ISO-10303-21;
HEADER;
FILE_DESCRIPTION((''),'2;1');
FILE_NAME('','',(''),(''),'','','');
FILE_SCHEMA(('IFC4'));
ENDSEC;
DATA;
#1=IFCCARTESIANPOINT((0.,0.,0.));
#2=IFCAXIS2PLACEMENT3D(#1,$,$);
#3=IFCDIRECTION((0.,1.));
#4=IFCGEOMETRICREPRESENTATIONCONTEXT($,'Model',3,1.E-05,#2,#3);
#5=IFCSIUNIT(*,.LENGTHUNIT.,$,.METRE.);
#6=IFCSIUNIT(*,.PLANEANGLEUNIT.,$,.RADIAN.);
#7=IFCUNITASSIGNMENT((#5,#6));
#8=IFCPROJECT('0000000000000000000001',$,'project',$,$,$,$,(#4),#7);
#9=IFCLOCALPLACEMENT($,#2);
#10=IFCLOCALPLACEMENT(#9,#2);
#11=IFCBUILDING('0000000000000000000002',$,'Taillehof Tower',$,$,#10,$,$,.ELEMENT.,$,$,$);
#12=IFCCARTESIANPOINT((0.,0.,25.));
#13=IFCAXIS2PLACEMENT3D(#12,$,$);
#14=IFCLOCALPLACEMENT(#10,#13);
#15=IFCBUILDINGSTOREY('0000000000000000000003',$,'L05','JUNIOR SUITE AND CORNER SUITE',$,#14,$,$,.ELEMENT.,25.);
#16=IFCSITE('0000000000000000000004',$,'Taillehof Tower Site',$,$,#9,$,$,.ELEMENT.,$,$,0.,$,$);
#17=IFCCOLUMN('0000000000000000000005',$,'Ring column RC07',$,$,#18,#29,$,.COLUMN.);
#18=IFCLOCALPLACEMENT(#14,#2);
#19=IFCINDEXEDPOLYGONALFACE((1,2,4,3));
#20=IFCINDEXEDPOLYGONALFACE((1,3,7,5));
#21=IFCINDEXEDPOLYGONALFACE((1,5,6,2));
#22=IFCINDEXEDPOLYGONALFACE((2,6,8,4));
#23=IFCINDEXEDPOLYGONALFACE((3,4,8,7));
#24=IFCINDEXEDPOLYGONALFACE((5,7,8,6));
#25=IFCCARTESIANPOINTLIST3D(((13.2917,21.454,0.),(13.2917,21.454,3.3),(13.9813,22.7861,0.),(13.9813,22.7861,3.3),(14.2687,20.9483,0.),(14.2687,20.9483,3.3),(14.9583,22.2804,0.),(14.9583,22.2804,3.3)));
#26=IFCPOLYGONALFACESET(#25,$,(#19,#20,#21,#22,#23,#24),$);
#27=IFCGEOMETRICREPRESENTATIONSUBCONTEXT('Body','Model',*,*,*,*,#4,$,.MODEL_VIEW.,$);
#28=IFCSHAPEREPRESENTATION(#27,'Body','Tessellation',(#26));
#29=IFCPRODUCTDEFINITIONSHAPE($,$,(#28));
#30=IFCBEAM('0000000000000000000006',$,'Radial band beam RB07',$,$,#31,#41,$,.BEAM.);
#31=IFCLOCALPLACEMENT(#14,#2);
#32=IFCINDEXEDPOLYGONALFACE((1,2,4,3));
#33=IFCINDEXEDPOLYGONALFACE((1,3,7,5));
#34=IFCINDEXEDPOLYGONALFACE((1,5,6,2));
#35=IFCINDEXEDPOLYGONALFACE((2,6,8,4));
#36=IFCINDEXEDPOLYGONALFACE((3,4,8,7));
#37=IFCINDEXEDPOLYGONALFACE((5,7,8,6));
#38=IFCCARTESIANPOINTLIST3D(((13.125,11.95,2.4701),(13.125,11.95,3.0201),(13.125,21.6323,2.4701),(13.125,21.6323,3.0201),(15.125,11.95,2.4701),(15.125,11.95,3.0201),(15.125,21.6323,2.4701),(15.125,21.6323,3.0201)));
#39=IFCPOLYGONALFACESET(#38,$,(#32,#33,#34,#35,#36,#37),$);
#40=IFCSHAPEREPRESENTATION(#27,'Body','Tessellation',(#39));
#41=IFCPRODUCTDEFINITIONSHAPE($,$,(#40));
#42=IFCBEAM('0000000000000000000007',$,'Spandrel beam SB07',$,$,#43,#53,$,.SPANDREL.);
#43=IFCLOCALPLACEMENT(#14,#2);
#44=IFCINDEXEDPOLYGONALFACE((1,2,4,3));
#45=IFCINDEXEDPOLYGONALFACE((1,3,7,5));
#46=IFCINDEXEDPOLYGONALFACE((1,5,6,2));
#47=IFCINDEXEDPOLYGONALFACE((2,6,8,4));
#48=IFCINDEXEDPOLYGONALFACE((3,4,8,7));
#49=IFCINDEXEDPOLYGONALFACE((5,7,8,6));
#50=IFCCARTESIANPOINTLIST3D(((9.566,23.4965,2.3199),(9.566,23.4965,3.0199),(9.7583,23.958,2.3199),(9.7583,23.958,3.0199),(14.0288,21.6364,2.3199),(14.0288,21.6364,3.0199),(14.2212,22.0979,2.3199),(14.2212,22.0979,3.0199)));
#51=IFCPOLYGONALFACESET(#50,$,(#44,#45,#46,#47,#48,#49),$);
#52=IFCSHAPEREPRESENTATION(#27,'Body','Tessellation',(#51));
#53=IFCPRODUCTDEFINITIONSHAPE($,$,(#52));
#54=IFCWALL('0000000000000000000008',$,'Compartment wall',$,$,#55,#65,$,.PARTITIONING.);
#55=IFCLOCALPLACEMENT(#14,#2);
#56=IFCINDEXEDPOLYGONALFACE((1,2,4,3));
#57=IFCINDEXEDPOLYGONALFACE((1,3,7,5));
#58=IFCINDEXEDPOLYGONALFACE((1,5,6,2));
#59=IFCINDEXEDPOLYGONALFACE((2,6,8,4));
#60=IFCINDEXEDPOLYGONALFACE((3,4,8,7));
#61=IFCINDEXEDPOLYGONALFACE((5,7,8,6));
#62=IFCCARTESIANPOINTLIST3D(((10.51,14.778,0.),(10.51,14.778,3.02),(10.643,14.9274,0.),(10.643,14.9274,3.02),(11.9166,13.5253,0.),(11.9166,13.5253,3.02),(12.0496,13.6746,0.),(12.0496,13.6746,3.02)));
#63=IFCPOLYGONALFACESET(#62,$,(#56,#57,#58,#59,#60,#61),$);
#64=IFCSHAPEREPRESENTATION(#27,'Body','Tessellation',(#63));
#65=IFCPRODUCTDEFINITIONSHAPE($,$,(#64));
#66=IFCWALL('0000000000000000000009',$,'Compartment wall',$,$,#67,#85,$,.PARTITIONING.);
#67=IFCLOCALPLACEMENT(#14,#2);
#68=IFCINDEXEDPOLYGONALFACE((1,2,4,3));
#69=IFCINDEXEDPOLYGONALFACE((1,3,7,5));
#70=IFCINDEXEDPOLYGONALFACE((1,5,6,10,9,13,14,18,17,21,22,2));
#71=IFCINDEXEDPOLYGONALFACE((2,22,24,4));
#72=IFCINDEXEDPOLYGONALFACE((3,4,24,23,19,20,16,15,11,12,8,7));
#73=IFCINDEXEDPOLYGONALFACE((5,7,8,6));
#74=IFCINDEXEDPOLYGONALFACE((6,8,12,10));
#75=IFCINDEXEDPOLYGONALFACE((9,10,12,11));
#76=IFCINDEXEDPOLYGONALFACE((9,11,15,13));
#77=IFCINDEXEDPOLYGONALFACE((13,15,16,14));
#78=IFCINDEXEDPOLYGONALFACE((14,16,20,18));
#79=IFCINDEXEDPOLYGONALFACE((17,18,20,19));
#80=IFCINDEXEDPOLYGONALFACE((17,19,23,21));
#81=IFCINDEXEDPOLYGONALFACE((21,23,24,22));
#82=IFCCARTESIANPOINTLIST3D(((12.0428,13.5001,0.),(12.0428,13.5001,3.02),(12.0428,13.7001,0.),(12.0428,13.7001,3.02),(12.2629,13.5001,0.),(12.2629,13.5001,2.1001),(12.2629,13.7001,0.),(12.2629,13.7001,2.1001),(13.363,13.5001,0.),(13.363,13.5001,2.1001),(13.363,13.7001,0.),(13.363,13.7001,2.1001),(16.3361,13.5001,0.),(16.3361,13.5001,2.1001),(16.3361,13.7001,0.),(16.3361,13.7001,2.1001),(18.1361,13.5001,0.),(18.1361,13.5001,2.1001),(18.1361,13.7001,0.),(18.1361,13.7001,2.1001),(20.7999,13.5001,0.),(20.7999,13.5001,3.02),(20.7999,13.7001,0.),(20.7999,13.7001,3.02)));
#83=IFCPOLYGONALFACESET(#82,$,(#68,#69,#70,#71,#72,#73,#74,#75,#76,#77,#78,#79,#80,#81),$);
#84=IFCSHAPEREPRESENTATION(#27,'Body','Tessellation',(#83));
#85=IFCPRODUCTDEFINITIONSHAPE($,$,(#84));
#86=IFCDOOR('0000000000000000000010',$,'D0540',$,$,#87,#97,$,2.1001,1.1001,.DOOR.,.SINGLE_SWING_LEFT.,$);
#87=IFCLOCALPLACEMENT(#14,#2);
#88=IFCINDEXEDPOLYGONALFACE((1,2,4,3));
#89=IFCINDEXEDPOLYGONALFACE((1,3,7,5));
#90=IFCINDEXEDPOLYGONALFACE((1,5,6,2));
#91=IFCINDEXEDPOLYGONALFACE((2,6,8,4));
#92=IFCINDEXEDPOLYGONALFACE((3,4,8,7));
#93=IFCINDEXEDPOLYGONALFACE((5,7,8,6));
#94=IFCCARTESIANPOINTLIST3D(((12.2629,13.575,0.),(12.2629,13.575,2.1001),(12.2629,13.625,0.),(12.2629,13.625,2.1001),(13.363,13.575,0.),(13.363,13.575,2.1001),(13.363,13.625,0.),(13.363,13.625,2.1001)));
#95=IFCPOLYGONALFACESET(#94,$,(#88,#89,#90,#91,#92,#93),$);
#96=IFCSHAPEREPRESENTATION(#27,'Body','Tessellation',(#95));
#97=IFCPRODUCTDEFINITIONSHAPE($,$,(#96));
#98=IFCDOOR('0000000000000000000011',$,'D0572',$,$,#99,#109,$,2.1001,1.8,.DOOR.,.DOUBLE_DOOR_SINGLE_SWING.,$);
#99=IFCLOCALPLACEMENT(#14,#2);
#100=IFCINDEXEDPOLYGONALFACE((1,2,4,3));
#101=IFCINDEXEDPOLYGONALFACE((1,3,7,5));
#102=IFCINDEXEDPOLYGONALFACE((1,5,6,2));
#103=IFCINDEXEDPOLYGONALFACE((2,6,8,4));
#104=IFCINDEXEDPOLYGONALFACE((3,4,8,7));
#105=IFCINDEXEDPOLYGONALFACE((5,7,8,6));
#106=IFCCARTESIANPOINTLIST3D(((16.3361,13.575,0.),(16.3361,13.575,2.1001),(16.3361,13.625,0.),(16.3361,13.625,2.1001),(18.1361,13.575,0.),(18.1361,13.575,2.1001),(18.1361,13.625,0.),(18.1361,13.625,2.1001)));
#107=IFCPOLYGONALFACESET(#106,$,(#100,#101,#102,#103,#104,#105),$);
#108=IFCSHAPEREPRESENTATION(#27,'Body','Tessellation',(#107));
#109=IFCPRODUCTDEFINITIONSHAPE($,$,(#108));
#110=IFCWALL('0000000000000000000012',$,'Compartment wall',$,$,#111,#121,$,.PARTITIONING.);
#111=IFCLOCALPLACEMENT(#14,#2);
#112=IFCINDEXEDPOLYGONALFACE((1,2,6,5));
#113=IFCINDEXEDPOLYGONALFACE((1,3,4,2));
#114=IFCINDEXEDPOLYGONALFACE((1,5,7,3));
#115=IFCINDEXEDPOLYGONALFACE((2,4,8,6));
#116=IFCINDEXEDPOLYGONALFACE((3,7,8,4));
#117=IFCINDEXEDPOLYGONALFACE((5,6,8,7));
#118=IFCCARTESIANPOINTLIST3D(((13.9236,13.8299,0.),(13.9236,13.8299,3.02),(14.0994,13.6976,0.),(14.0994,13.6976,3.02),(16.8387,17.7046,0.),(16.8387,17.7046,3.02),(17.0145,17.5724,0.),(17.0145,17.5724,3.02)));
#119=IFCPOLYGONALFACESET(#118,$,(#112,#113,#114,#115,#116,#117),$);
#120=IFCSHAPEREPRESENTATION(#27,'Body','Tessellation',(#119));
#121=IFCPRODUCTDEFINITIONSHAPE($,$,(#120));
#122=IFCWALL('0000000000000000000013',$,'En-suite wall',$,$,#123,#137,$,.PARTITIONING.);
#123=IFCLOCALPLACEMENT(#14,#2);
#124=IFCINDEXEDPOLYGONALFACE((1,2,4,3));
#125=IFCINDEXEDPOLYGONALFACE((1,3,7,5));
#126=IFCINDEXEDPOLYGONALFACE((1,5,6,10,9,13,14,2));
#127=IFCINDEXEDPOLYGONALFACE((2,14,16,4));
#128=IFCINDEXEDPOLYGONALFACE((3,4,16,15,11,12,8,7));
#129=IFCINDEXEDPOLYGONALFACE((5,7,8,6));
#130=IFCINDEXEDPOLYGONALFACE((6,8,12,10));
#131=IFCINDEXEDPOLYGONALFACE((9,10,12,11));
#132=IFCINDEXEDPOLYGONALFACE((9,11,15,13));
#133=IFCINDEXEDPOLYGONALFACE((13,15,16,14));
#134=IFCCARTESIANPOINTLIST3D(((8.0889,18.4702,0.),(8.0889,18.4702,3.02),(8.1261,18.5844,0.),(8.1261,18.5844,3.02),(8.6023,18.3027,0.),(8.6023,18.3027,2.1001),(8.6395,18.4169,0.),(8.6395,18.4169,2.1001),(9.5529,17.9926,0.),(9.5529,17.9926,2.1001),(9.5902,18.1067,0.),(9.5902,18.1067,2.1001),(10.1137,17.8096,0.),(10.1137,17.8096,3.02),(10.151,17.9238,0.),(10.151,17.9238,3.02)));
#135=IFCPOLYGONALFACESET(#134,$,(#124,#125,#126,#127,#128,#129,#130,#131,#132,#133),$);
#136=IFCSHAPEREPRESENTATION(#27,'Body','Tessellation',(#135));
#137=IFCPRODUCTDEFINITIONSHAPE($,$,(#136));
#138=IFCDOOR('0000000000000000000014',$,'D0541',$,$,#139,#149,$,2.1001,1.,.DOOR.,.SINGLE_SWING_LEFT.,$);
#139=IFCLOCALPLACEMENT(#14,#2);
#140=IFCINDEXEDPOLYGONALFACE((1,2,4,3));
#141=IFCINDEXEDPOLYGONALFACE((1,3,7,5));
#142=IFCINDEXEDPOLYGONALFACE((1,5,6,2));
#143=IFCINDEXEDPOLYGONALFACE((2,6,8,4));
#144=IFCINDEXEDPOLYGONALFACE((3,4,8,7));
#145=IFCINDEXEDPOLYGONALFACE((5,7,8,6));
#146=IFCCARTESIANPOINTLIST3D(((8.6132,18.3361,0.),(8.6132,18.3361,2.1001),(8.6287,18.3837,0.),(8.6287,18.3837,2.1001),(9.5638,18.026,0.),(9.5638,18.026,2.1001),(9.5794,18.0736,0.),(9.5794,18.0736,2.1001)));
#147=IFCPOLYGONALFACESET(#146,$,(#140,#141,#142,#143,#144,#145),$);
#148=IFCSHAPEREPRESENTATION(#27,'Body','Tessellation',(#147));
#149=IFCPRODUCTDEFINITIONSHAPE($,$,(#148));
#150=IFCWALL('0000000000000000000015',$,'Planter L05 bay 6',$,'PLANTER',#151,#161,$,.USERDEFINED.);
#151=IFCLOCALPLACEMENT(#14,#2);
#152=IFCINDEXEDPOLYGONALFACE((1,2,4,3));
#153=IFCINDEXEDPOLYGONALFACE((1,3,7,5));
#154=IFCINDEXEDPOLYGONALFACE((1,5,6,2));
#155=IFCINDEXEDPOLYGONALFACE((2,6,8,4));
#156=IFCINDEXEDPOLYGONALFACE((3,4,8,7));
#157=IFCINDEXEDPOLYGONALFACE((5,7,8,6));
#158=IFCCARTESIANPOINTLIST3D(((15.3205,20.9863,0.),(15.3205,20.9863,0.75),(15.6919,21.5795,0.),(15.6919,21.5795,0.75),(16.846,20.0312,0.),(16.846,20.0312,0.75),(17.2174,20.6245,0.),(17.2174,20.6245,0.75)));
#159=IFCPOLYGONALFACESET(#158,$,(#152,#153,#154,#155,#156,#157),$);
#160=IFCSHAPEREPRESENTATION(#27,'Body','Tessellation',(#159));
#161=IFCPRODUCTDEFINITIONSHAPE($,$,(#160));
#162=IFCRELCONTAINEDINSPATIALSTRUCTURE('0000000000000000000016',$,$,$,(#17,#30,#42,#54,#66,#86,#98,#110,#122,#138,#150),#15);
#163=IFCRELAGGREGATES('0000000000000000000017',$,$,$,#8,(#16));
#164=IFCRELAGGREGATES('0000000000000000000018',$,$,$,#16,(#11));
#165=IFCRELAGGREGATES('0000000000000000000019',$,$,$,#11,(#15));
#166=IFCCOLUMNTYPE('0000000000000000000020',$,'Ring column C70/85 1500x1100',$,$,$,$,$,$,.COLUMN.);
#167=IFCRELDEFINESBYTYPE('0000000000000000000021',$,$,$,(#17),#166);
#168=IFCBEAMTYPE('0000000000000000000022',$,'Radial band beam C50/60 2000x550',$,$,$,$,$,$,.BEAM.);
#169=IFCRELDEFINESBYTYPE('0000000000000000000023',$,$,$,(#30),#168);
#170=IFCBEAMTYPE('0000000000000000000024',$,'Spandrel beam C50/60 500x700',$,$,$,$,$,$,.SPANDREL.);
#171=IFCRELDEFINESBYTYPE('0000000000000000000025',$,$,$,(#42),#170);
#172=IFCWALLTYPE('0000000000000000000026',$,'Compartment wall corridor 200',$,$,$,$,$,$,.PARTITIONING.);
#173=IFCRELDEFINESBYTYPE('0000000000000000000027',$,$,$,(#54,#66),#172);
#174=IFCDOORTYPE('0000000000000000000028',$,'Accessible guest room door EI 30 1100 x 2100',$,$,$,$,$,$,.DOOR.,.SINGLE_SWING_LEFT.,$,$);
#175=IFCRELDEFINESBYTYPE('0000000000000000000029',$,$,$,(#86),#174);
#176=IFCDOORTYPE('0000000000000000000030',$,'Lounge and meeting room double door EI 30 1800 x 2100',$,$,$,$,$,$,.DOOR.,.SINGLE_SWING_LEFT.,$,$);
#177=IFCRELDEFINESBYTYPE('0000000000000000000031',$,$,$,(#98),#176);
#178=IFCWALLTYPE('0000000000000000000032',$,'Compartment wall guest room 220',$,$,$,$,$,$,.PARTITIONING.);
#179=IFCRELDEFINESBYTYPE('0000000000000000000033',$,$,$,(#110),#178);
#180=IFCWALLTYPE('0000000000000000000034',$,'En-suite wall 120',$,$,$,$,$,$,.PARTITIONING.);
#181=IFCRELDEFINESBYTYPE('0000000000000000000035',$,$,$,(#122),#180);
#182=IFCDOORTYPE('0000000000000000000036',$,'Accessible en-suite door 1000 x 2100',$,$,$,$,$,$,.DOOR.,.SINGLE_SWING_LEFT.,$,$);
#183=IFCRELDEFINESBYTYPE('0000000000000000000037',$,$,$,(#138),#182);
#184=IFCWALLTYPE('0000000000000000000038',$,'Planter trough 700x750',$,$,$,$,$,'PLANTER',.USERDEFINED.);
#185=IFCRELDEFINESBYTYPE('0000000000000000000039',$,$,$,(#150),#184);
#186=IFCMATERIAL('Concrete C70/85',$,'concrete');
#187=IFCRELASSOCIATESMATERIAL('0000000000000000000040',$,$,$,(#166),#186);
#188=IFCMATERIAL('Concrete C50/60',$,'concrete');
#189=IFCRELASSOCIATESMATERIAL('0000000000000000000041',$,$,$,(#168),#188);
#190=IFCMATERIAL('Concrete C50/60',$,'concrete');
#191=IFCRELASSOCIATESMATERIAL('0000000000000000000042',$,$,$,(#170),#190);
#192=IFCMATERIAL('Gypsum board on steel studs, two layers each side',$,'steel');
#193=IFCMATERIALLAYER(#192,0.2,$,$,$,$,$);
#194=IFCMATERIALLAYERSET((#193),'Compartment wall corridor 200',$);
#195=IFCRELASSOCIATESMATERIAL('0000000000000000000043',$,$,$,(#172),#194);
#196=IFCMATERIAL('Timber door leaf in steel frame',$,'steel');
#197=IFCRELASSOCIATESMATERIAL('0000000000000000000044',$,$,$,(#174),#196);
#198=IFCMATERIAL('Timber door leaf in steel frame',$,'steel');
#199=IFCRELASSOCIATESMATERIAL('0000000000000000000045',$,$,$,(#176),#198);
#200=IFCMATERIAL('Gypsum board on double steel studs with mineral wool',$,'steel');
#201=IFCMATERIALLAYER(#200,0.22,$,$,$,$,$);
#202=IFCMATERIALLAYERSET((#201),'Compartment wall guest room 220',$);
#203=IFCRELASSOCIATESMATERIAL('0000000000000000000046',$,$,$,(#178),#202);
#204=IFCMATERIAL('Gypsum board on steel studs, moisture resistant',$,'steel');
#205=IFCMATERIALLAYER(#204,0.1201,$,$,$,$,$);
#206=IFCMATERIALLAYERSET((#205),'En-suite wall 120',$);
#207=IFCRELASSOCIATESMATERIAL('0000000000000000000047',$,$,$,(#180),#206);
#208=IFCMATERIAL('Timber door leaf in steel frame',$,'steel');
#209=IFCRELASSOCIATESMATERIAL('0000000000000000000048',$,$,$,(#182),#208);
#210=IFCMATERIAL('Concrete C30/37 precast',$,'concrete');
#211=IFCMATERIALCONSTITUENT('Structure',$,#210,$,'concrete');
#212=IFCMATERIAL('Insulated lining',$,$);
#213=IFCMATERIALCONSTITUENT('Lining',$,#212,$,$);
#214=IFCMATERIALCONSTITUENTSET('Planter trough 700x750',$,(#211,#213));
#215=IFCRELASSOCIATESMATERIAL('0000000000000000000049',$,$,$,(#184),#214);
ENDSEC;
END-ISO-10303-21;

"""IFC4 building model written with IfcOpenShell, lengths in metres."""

from ifc_helpers import new_model, si_unit, direction, frame, frame_2d, origin, origin_2d, place, context, subcontext, project, spatial, rectangle, extrude, material, layer, layer_set, constituent, constituent_set, material_profile, profile_set, type_object, element, fill, save


model = new_model("IFC4")

# Units and contexts
model_context = context("Model", 3, precision=1e-05, world=origin(), true_north=direction((0.0, 1.0)))
body_context = subcontext(model_context, "Body", "Model", "MODEL_VIEW")
ifc_project = project(units=[si_unit("LENGTHUNIT", "METRE"), si_unit("PLANEANGLEUNIT", "RADIAN")], contexts=[model_context])

# Site, building, storey
site_placement = place(None, origin())
site = spatial("IfcSite", under=ifc_project, at=site_placement, Name="Taillehof Tower Site", CompositionType="ELEMENT", RefElevation=0.0)
building_placement = place(site_placement, origin())
building = spatial("IfcBuilding", under=site, at=building_placement, Name="Taillehof Tower", CompositionType="ELEMENT")
storey_placement = place(building_placement, frame((0.0, 0.0, 25.0)))
storey = spatial("IfcBuildingStorey", under=building, at=storey_placement, Name="L05", Description="JUNIOR SUITE AND CORNER SUITE", CompositionType="ELEMENT", Elevation=25.0)

# Column
ifc_material_1 = material(Name="Concrete C70/85", Category="concrete")
ifc_material_profile_1 = material_profile(ifc_material_1, rectangle(XDim=1.5, YDim=1.1001, at=origin_2d()), Name="RC 1500x1100")
ifc_profile_set_1 = profile_set([ifc_material_profile_1], Name="Concrete C70/85")
column_type = type_object("IfcColumnType", Name="Ring column C70/85 1500x1100", PredefinedType="COLUMN", material=ifc_profile_set_1)
column_placement = place(storey_placement, frame((14.125, 21.8672, 0.0), z_axis=(0.0, 0.0, 1.0), x_axis=(0.459691, 0.888079, 0.0)))
element("IfcColumn", 1, at=column_placement, inside=storey, type_object=column_type, Name="Ring column RC07", PredefinedType="COLUMN", context=body_context, shape_type="SweptSolid", body=[
    extrude(rectangle(XDim=1.5, YDim=1.1001, at=origin_2d()), origin(), (0.0, 0.0, 1.0), 3.3),
])

# Beams
ifc_material_2 = material(Name="Concrete C50/60", Category="concrete")
ifc_material_profile_2 = material_profile(ifc_material_2, rectangle(XDim=2.0, YDim=0.55, at=origin_2d()), Name="RC 2000x550")
ifc_profile_set_2 = profile_set([ifc_material_profile_2], Name="Concrete C50/60")
beam_type_1 = type_object("IfcBeamType", Name="Radial band beam C50/60 2000x550", PredefinedType="BEAM", material=ifc_profile_set_2)
beam_1_placement = place(storey_placement, frame((14.125, 21.6323, 2.7451), z_axis=(0.0, -1.0, 0.0), x_axis=(1.0, 0.0, 0.0)))
element("IfcBeam", 2, at=beam_1_placement, inside=storey, type_object=beam_type_1, Name="Radial band beam RB07", PredefinedType="BEAM", context=body_context, shape_type="SweptSolid", body=[
    extrude(rectangle(XDim=2.0, YDim=0.55, at=origin_2d()), origin(), (0.0, 0.0, 1.0), 9.6824),
])
ifc_material_3 = material(Name="Concrete C50/60", Category="concrete")
ifc_material_profile_3 = material_profile(ifc_material_3, rectangle(XDim=0.5, YDim=0.7, at=origin_2d()), Name="RC 500x700")
ifc_profile_set_3 = profile_set([ifc_material_profile_3], Name="Concrete C50/60")
beam_type_2 = type_object("IfcBeamType", Name="Spandrel beam C50/60 500x700", PredefinedType="SPANDREL", material=ifc_profile_set_3)
beam_2_placement = place(storey_placement, frame((14.125, 21.8672, 2.6699), z_axis=(-0.923035, 0.384716, 0.0), x_axis=(-0.384716, -0.923035, 0.0)))
element("IfcBeam", 3, at=beam_2_placement, inside=storey, type_object=beam_type_2, Name="Spandrel beam SB07", PredefinedType="SPANDREL", context=body_context, shape_type="SweptSolid", body=[
    extrude(rectangle(XDim=0.5, YDim=0.7, at=origin_2d()), origin(), (0.0, 0.0, 1.0), 4.835),
])

# Wall
ifc_material_4 = material(Name="Gypsum board on steel studs, two layers each side", Category="steel")
ifc_layer_1 = layer(ifc_material_4, 0.2)
ifc_layer_set_1 = layer_set([ifc_layer_1], Name="Compartment wall corridor 200")
wall_type_1 = type_object("IfcWallType", Name="Compartment wall corridor 200", PredefinedType="PARTITIONING", material=ifc_layer_set_1)
wall_1_placement = place(storey_placement, frame((10.5764, 14.8528, 0.0), z_axis=(0.0, 0.0, 1.0), x_axis=(0.746758, -0.665096, 0.0)))
element("IfcWall", 4, at=wall_1_placement, inside=storey, type_object=wall_type_1, Name="Compartment wall", PredefinedType="PARTITIONING", context=body_context, shape_type="SweptSolid", body=[
    extrude(rectangle(XDim=1.8835, YDim=0.2, at=frame_2d((0.9419, 0.0))), origin(), (0.0, 0.0, 1.0), 3.02),
])

# Wall, openings, doors
wall_2_placement = place(storey_placement, frame((12.043, 13.6001, 0.0), z_axis=(0.0, 0.0, 1.0), x_axis=(1.0, 0.0, 0.0)))
wall_2 = element("IfcWall", 5, at=wall_2_placement, inside=storey, type_object=wall_type_1, Name="Compartment wall", PredefinedType="PARTITIONING", context=body_context, shape_type="SweptSolid", body=[
    extrude(rectangle(XDim=8.7571, YDim=0.2, at=frame_2d((4.3784, 0.0))), origin(), (0.0, 0.0, 1.0), 3.02),
])
opening_1_placement = place(wall_2_placement, frame((0.22, 0.0, 0.0)))
opening_1 = element("IfcOpeningElement", 6, at=opening_1_placement, cuts=wall_2, PredefinedType="OPENING", context=body_context, shape_type="SweptSolid", body=[
    extrude(rectangle(XDim=1.1001, YDim=2.1001, at=frame_2d((0.55, 1.05))), frame((0.0, 0.1099, 0.0), z_axis=(0.0, -1.0, 0.0), x_axis=(1.0, 0.0, 0.0)), (0.0, 0.0, 1.0), 0.22),
])
opening_2_placement = place(wall_2_placement, frame((4.2932, 0.0, 0.0)))
opening_2 = element("IfcOpeningElement", 7, at=opening_2_placement, cuts=wall_2, PredefinedType="OPENING", context=body_context, shape_type="SweptSolid", body=[
    extrude(rectangle(XDim=1.8, YDim=2.1001, at=frame_2d((0.8999, 1.05))), frame((0.0, 0.1099, 0.0), z_axis=(0.0, -1.0, 0.0), x_axis=(1.0, 0.0, 0.0)), (0.0, 0.0, 1.0), 0.22),
])
ifc_material_5 = material(Name="Timber door leaf in steel frame", Category="steel")
door_type_1 = type_object("IfcDoorType", Name="Accessible guest room door EI 30 1100 x 2100", OperationType="SINGLE_SWING_LEFT", PredefinedType="DOOR", material=ifc_material_5)
door_1_placement = place(opening_1_placement, origin())
door_1 = element("IfcDoor", 8, at=door_1_placement, inside=storey, type_object=door_type_1, Name="D0540", OperationType="SINGLE_SWING_LEFT", OverallHeight=2.1001, OverallWidth=1.1001, PredefinedType="DOOR", context=body_context, shape_type="SweptSolid", body=[
    extrude(rectangle(XDim=1.1001, YDim=2.1001, at=frame_2d((0.55, 1.05))), frame((0.0, 0.0249, 0.0), z_axis=(0.0, -1.0, 0.0), x_axis=(1.0, 0.0, 0.0)), (0.0, 0.0, 1.0), 0.05),
])
fill(opening_1, door_1)
ifc_material_6 = material(Name="Timber door leaf in steel frame", Category="steel")
door_type_2 = type_object("IfcDoorType", Name="Lounge and meeting room double door EI 30 1800 x 2100", OperationType="SINGLE_SWING_LEFT", PredefinedType="DOOR", material=ifc_material_6)
door_2_placement = place(opening_2_placement, origin())
door_2 = element("IfcDoor", 9, at=door_2_placement, inside=storey, type_object=door_type_2, Name="D0572", OperationType="DOUBLE_DOOR_SINGLE_SWING", OverallHeight=2.1001, OverallWidth=1.8, PredefinedType="DOOR", context=body_context, shape_type="SweptSolid", body=[
    extrude(rectangle(XDim=1.8, YDim=2.1001, at=frame_2d((0.8999, 1.05))), frame((0.0, 0.0249, 0.0), z_axis=(0.0, -1.0, 0.0), x_axis=(1.0, 0.0, 0.0)), (0.0, 0.0, 1.0), 0.05),
])
fill(opening_2, door_2)

# Wall
ifc_material_7 = material(Name="Gypsum board on double steel studs with mineral wool", Category="steel")
ifc_layer_2 = layer(ifc_material_7, 0.22)
ifc_layer_set_2 = layer_set([ifc_layer_2], Name="Compartment wall guest room 220")
wall_type_2 = type_object("IfcWallType", Name="Compartment wall guest room 220", PredefinedType="PARTITIONING", material=ifc_layer_set_2)
wall_3_placement = place(storey_placement, frame((16.9265, 17.6384, 0.0), z_axis=(0.0, 0.0, 1.0), x_axis=(-0.601184, -0.799111, 0.0)))
element("IfcWall", 10, at=wall_3_placement, inside=storey, type_object=wall_type_2, Name="Compartment wall", PredefinedType="PARTITIONING", context=body_context, shape_type="SweptSolid", body=[
    extrude(rectangle(XDim=4.8489, YDim=0.22, at=frame_2d((2.4243, 0.0))), origin(), (0.0, 0.0, 1.0), 3.02),
])

# Wall, opening, door
ifc_material_8 = material(Name="Gypsum board on steel studs, moisture resistant", Category="steel")
ifc_layer_3 = layer(ifc_material_8, 0.1201)
ifc_layer_set_3 = layer_set([ifc_layer_3], Name="En-suite wall 120")
wall_type_3 = type_object("IfcWallType", Name="En-suite wall 120", PredefinedType="PARTITIONING", material=ifc_layer_set_3)
wall_4_placement = place(storey_placement, frame((10.1323, 17.8667, 0.0), z_axis=(0.0, 0.0, 1.0), x_axis=(-0.950681, 0.310169, 0.0)))
wall_4 = element("IfcWall", 11, at=wall_4_placement, inside=storey, type_object=wall_type_3, Name="En-suite wall", PredefinedType="PARTITIONING", context=body_context, shape_type="SweptSolid", body=[
    extrude(rectangle(XDim=2.1299, YDim=0.1201, at=frame_2d((1.0649, 0.0))), origin(), (0.0, 0.0, 1.0), 3.02),
])
opening_3_placement = place(wall_4_placement, frame((0.5898, 0.0, 0.0)))
opening_3 = element("IfcOpeningElement", 12, at=opening_3_placement, cuts=wall_4, PredefinedType="OPENING", context=body_context, shape_type="SweptSolid", body=[
    extrude(rectangle(XDim=1.0, YDim=2.1001, at=frame_2d((0.5, 1.05))), frame((0.0, 0.0701, 0.0), z_axis=(0.0, -1.0, 0.0), x_axis=(1.0, 0.0, 0.0)), (0.0, 0.0, 1.0), 0.1401),
])
ifc_material_9 = material(Name="Timber door leaf in steel frame", Category="steel")
door_type_3 = type_object("IfcDoorType", Name="Accessible en-suite door 1000 x 2100", OperationType="SINGLE_SWING_LEFT", PredefinedType="DOOR", material=ifc_material_9)
door_3_placement = place(opening_3_placement, origin())
door_3 = element("IfcDoor", 13, at=door_3_placement, inside=storey, type_object=door_type_3, Name="D0541", OperationType="SINGLE_SWING_LEFT", OverallHeight=2.1001, OverallWidth=1.0, PredefinedType="DOOR", context=body_context, shape_type="SweptSolid", body=[
    extrude(rectangle(XDim=1.0, YDim=2.1001, at=frame_2d((0.5, 1.05))), frame((0.0, 0.0249, 0.0), z_axis=(0.0, -1.0, 0.0), x_axis=(1.0, 0.0, 0.0)), (0.0, 0.0, 1.0), 0.05),
])
fill(opening_3, door_3)

# Wall
ifc_material_10 = material(Name="Concrete C30/37 precast", Category="concrete")
ifc_constituent_1 = constituent(ifc_material_10, Name="Structure", Category="concrete")
ifc_material_11 = material(Name="Insulated lining")
ifc_constituent_2 = constituent(ifc_material_11, Name="Lining")
ifc_constituent_set = constituent_set(constituents=[ifc_constituent_1, ifc_constituent_2], Name="Planter trough 700x750")
wall_type_4 = type_object("IfcWallType", Name="Planter trough 700x750", ElementType="PLANTER", PredefinedType="USERDEFINED", material=ifc_constituent_set)
wall_5_placement = place(storey_placement, frame((17.0317, 20.3279, 0.0), z_axis=(0.0, 0.0, 1.0), x_axis=(-0.847609, 0.530621, 0.0)))
element("IfcWall", 14, at=wall_5_placement, inside=storey, type_object=wall_type_4, Name="Planter L05 bay 6", ObjectType="PLANTER", PredefinedType="USERDEFINED", context=body_context, shape_type="SweptSolid", body=[
    extrude(rectangle(XDim=1.7998, YDim=0.7, at=frame_2d((0.8999, 0.0))), origin(), (0.0, 0.0, 1.0), 0.75),
])

save(model, "model.ifc")
